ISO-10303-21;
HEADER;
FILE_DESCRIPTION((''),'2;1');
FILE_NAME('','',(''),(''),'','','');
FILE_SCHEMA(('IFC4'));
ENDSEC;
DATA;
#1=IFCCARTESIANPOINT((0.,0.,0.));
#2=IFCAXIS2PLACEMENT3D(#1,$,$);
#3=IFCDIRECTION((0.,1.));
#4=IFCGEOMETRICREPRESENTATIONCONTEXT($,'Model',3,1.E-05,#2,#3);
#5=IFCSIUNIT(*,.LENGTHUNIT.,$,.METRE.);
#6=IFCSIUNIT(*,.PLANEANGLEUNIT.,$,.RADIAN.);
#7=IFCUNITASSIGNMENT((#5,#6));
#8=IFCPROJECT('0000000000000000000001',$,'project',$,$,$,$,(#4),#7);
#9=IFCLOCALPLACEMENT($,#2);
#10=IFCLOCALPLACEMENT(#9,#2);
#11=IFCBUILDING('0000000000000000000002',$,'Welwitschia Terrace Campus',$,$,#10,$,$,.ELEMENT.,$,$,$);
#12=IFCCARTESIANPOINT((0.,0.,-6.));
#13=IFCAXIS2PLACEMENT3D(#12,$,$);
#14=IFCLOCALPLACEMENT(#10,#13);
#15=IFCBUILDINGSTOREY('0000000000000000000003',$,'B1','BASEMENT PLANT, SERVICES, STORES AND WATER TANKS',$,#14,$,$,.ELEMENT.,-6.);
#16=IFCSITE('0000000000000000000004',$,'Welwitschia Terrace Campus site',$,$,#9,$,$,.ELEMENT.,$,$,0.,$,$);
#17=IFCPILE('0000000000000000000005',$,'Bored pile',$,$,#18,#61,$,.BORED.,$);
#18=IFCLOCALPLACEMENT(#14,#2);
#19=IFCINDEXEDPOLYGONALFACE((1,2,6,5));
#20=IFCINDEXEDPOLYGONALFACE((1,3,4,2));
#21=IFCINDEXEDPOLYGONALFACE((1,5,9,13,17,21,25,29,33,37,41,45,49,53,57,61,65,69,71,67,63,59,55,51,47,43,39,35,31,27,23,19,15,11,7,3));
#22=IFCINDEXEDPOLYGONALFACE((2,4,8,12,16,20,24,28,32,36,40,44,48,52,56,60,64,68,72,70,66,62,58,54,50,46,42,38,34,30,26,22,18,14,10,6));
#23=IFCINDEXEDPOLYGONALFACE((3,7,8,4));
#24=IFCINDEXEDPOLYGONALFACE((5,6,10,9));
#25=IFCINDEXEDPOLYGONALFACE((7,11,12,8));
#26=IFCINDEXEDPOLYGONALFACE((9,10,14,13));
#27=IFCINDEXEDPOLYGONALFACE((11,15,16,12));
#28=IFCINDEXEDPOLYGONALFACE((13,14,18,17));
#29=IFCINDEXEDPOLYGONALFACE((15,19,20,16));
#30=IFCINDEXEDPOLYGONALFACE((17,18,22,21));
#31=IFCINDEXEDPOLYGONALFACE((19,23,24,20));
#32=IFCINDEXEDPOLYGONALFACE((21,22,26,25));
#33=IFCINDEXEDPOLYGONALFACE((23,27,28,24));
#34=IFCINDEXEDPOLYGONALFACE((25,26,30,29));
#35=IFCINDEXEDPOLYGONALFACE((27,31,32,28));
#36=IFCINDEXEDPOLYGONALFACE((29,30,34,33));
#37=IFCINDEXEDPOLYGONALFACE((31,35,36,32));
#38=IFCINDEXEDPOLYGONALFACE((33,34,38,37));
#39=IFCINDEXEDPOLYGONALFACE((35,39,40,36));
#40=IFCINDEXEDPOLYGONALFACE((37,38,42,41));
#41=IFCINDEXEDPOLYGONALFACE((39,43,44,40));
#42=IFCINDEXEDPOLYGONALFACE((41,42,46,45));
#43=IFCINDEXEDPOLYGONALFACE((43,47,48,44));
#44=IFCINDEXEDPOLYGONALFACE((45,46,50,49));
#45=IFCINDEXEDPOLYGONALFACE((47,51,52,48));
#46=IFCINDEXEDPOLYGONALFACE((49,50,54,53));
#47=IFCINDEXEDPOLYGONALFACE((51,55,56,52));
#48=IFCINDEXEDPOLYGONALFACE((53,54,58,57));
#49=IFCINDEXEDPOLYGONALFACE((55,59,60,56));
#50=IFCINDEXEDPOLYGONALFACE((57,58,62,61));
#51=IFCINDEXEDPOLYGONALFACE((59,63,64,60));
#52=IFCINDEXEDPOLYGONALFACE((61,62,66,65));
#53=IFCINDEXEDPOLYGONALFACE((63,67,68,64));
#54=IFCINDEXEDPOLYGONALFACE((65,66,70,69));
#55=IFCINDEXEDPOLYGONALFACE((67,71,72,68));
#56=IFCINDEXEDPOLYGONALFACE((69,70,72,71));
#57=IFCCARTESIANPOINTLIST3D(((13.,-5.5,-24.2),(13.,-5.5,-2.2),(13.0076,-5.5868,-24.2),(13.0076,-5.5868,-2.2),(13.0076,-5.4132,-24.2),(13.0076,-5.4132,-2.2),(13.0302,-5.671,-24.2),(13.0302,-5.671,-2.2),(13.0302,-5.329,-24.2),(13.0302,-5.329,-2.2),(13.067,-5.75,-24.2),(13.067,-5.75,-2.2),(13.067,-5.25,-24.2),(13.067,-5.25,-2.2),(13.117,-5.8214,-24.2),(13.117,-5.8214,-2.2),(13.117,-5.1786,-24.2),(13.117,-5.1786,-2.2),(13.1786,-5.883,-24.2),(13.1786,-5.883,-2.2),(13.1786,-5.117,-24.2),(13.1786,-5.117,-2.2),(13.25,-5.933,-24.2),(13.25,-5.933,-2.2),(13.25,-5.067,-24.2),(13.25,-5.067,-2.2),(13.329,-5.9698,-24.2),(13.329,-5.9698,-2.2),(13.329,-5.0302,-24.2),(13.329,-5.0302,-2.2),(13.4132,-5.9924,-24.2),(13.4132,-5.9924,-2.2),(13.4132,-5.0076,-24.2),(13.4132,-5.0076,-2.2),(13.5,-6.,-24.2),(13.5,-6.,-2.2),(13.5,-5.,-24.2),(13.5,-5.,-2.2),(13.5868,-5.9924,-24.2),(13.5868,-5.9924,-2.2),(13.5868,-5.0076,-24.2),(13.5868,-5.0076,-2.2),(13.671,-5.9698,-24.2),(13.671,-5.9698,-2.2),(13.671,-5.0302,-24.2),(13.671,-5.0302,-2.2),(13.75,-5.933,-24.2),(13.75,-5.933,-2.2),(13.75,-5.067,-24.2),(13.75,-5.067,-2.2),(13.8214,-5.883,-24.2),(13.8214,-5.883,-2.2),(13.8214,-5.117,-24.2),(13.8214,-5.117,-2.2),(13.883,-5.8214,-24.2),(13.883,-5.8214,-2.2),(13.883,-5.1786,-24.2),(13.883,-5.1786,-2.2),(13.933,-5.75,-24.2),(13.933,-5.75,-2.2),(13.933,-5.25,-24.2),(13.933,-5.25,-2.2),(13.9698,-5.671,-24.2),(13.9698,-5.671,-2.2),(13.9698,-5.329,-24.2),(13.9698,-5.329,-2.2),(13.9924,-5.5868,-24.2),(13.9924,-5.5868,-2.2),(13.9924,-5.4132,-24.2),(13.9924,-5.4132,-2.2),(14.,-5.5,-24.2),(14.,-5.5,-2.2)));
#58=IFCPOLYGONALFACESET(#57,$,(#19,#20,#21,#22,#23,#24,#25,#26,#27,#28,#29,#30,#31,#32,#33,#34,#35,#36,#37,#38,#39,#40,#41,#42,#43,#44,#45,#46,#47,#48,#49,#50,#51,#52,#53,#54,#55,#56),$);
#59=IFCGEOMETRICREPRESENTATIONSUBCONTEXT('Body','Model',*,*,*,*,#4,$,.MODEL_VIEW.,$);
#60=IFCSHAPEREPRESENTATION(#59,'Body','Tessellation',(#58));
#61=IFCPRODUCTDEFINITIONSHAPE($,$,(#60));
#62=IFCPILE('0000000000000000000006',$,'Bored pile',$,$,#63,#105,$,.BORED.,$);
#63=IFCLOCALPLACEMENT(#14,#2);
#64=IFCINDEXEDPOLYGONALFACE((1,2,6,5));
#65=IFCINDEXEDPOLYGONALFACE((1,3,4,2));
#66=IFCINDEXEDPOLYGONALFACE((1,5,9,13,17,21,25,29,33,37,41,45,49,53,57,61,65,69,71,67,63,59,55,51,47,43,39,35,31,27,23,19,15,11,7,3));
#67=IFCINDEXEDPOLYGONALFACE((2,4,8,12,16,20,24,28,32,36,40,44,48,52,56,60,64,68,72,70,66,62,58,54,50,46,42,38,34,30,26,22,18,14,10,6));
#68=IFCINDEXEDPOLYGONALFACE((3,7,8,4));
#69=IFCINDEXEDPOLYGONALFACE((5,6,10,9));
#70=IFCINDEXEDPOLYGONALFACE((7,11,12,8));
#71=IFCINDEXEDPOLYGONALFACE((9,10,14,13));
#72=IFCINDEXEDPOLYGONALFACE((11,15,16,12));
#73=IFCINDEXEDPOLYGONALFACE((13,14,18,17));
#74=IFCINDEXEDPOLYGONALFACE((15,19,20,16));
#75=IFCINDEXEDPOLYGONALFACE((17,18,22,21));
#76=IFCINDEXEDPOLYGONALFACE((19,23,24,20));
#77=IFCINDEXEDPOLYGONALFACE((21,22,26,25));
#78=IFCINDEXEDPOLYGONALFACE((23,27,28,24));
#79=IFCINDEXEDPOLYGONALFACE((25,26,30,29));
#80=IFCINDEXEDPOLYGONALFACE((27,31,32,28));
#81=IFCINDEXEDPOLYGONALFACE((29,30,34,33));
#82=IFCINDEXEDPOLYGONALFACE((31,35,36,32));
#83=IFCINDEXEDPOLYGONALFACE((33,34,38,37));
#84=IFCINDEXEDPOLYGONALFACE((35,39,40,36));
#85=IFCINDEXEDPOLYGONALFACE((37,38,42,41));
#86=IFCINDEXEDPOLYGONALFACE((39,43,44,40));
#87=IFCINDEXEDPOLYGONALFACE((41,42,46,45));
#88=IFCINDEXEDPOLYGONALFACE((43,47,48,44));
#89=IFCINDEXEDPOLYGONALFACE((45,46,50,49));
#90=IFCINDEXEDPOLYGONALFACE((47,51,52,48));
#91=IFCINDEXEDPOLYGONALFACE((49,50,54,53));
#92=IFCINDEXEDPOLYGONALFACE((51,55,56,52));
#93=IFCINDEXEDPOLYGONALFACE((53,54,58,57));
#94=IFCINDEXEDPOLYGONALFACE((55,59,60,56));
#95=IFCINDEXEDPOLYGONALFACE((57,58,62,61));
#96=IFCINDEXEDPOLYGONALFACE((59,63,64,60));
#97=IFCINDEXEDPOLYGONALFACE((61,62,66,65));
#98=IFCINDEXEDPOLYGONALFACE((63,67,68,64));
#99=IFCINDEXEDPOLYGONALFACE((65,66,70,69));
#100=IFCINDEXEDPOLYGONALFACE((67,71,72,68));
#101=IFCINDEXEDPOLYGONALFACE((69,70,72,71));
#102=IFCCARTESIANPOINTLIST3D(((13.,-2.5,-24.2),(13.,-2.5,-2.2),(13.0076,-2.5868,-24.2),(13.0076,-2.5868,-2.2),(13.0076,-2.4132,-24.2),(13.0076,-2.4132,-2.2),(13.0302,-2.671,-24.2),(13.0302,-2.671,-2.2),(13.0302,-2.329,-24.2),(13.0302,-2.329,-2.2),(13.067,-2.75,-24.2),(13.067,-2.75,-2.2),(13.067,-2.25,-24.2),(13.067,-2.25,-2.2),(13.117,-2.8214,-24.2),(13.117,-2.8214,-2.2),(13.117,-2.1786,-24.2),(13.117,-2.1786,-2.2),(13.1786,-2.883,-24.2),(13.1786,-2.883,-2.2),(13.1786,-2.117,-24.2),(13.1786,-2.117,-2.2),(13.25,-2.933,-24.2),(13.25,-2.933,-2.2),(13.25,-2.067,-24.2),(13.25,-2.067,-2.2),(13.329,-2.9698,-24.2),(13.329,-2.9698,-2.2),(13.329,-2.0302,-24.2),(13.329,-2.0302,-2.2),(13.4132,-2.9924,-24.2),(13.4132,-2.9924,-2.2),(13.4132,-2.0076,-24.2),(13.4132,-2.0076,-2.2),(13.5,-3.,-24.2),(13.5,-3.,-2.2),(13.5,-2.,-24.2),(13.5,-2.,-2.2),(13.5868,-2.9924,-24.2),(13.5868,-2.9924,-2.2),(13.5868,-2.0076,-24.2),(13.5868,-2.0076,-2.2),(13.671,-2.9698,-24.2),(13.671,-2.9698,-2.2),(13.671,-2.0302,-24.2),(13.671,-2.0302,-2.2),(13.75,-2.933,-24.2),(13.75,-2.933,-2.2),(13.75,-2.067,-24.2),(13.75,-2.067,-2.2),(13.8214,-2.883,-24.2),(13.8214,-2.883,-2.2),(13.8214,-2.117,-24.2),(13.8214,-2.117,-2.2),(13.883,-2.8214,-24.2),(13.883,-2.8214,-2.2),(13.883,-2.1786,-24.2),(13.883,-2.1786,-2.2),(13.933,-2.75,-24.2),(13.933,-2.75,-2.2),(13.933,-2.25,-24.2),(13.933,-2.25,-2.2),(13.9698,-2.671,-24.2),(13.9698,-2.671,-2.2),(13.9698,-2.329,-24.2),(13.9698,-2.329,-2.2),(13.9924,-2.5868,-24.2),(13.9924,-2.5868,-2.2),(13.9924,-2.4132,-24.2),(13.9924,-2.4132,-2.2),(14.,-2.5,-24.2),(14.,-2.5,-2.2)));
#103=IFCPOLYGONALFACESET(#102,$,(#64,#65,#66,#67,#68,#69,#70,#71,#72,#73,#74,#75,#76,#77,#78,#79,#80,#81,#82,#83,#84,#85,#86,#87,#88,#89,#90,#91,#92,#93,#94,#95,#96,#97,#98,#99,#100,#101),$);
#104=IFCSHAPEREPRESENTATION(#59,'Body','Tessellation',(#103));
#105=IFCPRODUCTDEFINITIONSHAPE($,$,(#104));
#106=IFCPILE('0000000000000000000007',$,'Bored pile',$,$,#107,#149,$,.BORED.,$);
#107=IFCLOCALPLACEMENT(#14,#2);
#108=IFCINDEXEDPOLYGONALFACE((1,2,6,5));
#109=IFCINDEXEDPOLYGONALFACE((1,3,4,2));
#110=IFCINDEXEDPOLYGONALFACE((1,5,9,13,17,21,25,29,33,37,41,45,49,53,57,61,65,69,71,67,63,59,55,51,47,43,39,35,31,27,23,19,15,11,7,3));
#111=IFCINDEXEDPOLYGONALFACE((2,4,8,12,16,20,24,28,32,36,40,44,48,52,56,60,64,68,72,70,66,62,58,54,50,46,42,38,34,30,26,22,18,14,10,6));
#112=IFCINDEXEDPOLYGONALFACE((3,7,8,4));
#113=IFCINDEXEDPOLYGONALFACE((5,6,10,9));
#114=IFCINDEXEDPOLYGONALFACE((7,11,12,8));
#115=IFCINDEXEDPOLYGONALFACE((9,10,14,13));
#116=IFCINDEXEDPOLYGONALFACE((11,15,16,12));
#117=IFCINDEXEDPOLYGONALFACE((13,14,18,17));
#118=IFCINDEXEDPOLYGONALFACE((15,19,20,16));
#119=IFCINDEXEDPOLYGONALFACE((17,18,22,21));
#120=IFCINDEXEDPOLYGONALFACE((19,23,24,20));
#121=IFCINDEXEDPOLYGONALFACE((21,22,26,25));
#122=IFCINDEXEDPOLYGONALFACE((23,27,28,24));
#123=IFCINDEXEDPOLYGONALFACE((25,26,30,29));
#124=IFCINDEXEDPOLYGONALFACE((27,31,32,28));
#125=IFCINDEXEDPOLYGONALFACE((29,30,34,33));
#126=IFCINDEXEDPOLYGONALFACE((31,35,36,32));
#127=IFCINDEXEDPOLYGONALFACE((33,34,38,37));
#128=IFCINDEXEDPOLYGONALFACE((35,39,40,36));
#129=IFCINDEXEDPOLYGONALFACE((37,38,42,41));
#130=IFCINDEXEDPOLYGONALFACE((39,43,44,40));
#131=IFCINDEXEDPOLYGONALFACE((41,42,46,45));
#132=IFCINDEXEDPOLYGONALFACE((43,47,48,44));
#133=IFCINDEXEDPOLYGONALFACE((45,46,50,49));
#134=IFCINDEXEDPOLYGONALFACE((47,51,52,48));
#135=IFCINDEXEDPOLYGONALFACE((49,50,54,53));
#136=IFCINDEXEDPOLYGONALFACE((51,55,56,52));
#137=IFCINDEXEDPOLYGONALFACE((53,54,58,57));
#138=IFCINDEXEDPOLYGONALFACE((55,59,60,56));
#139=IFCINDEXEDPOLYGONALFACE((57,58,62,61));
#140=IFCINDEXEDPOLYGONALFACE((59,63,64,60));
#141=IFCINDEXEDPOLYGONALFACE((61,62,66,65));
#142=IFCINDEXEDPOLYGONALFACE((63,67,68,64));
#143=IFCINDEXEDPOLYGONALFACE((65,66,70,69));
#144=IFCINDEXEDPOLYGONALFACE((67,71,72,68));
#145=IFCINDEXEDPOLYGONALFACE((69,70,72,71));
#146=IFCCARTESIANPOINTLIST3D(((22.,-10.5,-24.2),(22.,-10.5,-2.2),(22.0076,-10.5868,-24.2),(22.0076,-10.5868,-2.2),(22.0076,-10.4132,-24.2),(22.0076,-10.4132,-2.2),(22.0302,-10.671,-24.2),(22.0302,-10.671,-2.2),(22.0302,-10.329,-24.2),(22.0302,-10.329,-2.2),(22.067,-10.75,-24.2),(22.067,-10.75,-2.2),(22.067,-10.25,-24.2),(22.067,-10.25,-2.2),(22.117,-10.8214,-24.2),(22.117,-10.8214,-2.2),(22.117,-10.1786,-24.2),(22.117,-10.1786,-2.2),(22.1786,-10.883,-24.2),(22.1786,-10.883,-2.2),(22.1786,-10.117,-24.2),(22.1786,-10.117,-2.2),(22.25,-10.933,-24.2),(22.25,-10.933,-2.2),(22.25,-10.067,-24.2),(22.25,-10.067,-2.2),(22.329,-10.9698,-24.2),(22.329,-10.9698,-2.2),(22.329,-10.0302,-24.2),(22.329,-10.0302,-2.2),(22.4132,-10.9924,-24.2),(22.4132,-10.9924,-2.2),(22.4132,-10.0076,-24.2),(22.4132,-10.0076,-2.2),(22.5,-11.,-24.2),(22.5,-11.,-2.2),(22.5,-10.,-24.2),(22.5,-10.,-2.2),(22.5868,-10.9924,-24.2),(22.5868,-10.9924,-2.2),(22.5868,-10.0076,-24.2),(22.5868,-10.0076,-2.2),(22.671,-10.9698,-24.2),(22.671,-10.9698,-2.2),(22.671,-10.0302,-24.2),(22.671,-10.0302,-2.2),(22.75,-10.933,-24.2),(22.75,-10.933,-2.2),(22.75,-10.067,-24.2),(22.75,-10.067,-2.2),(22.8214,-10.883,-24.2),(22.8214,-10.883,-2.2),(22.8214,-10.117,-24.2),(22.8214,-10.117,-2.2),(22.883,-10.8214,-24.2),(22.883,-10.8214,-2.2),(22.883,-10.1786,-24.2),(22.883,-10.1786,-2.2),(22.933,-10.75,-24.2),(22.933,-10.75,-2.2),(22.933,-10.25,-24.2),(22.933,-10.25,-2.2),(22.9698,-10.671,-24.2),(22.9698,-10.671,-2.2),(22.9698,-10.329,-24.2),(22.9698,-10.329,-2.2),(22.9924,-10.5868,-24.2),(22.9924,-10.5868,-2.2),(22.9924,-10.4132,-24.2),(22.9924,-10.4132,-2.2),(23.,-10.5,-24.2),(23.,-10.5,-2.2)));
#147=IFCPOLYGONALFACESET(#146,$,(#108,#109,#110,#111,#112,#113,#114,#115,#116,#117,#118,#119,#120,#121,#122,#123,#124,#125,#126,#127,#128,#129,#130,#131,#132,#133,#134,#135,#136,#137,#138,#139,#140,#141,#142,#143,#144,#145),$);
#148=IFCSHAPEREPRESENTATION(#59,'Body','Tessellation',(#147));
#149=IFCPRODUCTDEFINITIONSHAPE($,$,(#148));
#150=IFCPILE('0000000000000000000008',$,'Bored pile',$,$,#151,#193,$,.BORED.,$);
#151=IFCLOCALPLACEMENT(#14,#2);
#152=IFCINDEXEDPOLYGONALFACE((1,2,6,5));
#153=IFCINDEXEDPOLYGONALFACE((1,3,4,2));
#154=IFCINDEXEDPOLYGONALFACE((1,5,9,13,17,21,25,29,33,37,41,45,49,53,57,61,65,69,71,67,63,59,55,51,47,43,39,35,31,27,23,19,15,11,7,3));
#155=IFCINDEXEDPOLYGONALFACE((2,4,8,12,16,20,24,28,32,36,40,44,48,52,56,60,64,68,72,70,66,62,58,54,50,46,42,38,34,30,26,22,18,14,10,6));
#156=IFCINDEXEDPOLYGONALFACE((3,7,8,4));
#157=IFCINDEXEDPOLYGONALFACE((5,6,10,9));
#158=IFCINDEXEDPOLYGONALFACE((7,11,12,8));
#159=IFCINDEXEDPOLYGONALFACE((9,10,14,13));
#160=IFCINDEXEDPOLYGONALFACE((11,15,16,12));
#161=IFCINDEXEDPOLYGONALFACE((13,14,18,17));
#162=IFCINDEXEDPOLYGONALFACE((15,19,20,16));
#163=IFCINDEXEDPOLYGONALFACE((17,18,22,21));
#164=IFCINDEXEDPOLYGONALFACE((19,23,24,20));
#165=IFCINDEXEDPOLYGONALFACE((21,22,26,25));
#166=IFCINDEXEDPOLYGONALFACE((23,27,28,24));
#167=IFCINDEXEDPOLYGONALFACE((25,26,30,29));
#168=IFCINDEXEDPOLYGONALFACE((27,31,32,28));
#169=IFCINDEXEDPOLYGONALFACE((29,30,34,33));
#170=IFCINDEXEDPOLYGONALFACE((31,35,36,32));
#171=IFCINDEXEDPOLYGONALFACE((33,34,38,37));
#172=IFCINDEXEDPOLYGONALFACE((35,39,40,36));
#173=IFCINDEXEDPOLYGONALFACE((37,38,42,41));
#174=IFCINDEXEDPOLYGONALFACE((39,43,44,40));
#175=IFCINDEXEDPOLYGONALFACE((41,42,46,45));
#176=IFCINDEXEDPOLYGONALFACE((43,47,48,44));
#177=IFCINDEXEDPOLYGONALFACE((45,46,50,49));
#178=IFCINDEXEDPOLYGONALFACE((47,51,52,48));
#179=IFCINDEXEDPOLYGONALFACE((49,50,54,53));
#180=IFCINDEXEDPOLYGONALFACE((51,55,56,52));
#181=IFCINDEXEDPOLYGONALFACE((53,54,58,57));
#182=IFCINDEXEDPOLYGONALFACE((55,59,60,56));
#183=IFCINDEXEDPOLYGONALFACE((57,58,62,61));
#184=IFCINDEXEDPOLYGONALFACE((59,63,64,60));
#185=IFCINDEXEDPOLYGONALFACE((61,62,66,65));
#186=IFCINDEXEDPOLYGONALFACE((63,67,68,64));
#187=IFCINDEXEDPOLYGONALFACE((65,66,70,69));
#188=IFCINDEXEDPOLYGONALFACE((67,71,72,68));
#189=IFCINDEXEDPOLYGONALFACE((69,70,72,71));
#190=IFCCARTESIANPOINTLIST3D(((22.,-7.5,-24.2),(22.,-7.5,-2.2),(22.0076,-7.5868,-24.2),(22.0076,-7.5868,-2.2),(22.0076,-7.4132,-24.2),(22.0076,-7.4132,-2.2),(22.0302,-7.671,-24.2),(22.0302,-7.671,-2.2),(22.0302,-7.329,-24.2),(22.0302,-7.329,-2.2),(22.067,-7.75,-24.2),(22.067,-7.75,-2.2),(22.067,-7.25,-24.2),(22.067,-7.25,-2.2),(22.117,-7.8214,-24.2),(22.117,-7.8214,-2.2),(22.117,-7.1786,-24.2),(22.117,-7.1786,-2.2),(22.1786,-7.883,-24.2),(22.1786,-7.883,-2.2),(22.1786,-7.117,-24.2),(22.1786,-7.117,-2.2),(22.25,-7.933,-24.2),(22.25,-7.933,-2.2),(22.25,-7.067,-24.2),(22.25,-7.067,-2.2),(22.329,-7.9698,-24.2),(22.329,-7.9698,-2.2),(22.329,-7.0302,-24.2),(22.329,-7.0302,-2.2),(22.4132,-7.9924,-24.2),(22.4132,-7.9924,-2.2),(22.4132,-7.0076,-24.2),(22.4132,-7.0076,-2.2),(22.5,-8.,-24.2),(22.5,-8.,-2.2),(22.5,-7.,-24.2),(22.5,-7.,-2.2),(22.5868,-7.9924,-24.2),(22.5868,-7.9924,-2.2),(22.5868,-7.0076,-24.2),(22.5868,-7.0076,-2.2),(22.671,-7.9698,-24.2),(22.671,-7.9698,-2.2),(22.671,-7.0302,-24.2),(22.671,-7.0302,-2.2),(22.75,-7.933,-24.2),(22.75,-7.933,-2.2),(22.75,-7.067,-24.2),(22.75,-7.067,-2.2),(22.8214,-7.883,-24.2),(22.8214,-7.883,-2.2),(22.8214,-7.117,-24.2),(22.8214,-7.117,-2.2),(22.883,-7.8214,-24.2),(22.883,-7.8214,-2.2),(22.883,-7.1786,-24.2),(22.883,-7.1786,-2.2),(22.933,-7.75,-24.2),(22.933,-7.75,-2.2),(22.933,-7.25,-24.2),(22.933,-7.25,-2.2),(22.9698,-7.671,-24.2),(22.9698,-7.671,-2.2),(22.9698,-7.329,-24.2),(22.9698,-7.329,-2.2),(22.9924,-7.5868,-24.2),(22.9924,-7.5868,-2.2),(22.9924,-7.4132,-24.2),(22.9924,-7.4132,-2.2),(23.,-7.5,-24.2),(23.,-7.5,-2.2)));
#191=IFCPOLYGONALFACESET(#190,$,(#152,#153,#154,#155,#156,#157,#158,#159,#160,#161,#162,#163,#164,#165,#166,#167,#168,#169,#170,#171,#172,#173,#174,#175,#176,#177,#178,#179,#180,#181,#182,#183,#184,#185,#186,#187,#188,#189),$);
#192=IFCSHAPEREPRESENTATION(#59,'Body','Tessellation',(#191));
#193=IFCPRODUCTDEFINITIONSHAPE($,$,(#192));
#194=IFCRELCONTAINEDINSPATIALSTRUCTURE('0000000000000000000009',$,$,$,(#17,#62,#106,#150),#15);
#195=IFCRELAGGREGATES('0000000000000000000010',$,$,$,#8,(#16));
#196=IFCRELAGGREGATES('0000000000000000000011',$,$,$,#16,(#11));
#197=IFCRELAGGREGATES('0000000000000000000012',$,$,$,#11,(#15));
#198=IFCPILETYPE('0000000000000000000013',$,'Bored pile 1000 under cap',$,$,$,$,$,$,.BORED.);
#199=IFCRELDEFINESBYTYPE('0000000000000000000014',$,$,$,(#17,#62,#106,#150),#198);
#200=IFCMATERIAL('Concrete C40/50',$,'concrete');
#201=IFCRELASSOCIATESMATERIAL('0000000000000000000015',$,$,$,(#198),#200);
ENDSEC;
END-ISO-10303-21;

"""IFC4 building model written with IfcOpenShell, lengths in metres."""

from ifc_helpers import new_model, si_unit, direction, frame, origin, origin_2d, place, context, subcontext, project, spatial, circle, extrude, material, type_object, element, save


model = new_model("IFC4")

# Units and contexts
model_context = context("Model", 3, precision=1e-05, world=origin(), true_north=direction((0.0, 1.0)))
body_context = subcontext(model_context, "Body", "Model", "MODEL_VIEW")
ifc_project = project(units=[si_unit("LENGTHUNIT", "METRE"), si_unit("PLANEANGLEUNIT", "RADIAN")], contexts=[model_context])

# Site, building, storey
site_placement = place(None, origin())
site = spatial("IfcSite", under=ifc_project, at=site_placement, Name="Welwitschia Terrace Campus site", CompositionType="ELEMENT", RefElevation=0.0)
building_placement = place(site_placement, origin())
building = spatial("IfcBuilding", under=site, at=building_placement, Name="Welwitschia Terrace Campus", CompositionType="ELEMENT")
storey_placement = place(building_placement, frame((0.0, 0.0, -6.0)))
storey = spatial("IfcBuildingStorey", under=building, at=storey_placement, Name="B1", Description="BASEMENT PLANT, SERVICES, STORES AND WATER TANKS", CompositionType="ELEMENT", Elevation=-6.0)

# Piles
ifc_material_1 = material(Name="Concrete C40/50", Category="concrete")
pile_type_1 = type_object("IfcPileType", Name="Bored pile 1000 under cap", PredefinedType="BORED", material=ifc_material_1)
for number, where, z_axis, x_axis, name in (
    (1, (13.5, -5.5, -2.2), (0.0, 0.0, -1.0), (1.0, 0.0, 0.0), "Bored pile"),
    (2, (13.5, -2.5, -2.2), (0.0, 0.0, -1.0), (1.0, 0.0, 0.0), "Bored pile"),
    (3, (22.5, -10.5, -2.2), (0.0, 0.0, -1.0), (1.0, 0.0, 0.0), "Bored pile"),
    (4, (22.5, -7.5, -2.2), (0.0, 0.0, -1.0), (1.0, 0.0, 0.0), "Bored pile"),
):
    element("IfcPile", number, at=place(storey_placement, frame(where, z_axis=z_axis, x_axis=x_axis)), inside=storey, type_object=pile_type_1, Name=name, PredefinedType="BORED", context=body_context, shape_type="SweptSolid", body=[
        extrude(circle(Radius=0.5, at=origin_2d()), origin(), (0.0, 0.0, 1.0), 22.0),
    ])

save(model, "model.ifc")
